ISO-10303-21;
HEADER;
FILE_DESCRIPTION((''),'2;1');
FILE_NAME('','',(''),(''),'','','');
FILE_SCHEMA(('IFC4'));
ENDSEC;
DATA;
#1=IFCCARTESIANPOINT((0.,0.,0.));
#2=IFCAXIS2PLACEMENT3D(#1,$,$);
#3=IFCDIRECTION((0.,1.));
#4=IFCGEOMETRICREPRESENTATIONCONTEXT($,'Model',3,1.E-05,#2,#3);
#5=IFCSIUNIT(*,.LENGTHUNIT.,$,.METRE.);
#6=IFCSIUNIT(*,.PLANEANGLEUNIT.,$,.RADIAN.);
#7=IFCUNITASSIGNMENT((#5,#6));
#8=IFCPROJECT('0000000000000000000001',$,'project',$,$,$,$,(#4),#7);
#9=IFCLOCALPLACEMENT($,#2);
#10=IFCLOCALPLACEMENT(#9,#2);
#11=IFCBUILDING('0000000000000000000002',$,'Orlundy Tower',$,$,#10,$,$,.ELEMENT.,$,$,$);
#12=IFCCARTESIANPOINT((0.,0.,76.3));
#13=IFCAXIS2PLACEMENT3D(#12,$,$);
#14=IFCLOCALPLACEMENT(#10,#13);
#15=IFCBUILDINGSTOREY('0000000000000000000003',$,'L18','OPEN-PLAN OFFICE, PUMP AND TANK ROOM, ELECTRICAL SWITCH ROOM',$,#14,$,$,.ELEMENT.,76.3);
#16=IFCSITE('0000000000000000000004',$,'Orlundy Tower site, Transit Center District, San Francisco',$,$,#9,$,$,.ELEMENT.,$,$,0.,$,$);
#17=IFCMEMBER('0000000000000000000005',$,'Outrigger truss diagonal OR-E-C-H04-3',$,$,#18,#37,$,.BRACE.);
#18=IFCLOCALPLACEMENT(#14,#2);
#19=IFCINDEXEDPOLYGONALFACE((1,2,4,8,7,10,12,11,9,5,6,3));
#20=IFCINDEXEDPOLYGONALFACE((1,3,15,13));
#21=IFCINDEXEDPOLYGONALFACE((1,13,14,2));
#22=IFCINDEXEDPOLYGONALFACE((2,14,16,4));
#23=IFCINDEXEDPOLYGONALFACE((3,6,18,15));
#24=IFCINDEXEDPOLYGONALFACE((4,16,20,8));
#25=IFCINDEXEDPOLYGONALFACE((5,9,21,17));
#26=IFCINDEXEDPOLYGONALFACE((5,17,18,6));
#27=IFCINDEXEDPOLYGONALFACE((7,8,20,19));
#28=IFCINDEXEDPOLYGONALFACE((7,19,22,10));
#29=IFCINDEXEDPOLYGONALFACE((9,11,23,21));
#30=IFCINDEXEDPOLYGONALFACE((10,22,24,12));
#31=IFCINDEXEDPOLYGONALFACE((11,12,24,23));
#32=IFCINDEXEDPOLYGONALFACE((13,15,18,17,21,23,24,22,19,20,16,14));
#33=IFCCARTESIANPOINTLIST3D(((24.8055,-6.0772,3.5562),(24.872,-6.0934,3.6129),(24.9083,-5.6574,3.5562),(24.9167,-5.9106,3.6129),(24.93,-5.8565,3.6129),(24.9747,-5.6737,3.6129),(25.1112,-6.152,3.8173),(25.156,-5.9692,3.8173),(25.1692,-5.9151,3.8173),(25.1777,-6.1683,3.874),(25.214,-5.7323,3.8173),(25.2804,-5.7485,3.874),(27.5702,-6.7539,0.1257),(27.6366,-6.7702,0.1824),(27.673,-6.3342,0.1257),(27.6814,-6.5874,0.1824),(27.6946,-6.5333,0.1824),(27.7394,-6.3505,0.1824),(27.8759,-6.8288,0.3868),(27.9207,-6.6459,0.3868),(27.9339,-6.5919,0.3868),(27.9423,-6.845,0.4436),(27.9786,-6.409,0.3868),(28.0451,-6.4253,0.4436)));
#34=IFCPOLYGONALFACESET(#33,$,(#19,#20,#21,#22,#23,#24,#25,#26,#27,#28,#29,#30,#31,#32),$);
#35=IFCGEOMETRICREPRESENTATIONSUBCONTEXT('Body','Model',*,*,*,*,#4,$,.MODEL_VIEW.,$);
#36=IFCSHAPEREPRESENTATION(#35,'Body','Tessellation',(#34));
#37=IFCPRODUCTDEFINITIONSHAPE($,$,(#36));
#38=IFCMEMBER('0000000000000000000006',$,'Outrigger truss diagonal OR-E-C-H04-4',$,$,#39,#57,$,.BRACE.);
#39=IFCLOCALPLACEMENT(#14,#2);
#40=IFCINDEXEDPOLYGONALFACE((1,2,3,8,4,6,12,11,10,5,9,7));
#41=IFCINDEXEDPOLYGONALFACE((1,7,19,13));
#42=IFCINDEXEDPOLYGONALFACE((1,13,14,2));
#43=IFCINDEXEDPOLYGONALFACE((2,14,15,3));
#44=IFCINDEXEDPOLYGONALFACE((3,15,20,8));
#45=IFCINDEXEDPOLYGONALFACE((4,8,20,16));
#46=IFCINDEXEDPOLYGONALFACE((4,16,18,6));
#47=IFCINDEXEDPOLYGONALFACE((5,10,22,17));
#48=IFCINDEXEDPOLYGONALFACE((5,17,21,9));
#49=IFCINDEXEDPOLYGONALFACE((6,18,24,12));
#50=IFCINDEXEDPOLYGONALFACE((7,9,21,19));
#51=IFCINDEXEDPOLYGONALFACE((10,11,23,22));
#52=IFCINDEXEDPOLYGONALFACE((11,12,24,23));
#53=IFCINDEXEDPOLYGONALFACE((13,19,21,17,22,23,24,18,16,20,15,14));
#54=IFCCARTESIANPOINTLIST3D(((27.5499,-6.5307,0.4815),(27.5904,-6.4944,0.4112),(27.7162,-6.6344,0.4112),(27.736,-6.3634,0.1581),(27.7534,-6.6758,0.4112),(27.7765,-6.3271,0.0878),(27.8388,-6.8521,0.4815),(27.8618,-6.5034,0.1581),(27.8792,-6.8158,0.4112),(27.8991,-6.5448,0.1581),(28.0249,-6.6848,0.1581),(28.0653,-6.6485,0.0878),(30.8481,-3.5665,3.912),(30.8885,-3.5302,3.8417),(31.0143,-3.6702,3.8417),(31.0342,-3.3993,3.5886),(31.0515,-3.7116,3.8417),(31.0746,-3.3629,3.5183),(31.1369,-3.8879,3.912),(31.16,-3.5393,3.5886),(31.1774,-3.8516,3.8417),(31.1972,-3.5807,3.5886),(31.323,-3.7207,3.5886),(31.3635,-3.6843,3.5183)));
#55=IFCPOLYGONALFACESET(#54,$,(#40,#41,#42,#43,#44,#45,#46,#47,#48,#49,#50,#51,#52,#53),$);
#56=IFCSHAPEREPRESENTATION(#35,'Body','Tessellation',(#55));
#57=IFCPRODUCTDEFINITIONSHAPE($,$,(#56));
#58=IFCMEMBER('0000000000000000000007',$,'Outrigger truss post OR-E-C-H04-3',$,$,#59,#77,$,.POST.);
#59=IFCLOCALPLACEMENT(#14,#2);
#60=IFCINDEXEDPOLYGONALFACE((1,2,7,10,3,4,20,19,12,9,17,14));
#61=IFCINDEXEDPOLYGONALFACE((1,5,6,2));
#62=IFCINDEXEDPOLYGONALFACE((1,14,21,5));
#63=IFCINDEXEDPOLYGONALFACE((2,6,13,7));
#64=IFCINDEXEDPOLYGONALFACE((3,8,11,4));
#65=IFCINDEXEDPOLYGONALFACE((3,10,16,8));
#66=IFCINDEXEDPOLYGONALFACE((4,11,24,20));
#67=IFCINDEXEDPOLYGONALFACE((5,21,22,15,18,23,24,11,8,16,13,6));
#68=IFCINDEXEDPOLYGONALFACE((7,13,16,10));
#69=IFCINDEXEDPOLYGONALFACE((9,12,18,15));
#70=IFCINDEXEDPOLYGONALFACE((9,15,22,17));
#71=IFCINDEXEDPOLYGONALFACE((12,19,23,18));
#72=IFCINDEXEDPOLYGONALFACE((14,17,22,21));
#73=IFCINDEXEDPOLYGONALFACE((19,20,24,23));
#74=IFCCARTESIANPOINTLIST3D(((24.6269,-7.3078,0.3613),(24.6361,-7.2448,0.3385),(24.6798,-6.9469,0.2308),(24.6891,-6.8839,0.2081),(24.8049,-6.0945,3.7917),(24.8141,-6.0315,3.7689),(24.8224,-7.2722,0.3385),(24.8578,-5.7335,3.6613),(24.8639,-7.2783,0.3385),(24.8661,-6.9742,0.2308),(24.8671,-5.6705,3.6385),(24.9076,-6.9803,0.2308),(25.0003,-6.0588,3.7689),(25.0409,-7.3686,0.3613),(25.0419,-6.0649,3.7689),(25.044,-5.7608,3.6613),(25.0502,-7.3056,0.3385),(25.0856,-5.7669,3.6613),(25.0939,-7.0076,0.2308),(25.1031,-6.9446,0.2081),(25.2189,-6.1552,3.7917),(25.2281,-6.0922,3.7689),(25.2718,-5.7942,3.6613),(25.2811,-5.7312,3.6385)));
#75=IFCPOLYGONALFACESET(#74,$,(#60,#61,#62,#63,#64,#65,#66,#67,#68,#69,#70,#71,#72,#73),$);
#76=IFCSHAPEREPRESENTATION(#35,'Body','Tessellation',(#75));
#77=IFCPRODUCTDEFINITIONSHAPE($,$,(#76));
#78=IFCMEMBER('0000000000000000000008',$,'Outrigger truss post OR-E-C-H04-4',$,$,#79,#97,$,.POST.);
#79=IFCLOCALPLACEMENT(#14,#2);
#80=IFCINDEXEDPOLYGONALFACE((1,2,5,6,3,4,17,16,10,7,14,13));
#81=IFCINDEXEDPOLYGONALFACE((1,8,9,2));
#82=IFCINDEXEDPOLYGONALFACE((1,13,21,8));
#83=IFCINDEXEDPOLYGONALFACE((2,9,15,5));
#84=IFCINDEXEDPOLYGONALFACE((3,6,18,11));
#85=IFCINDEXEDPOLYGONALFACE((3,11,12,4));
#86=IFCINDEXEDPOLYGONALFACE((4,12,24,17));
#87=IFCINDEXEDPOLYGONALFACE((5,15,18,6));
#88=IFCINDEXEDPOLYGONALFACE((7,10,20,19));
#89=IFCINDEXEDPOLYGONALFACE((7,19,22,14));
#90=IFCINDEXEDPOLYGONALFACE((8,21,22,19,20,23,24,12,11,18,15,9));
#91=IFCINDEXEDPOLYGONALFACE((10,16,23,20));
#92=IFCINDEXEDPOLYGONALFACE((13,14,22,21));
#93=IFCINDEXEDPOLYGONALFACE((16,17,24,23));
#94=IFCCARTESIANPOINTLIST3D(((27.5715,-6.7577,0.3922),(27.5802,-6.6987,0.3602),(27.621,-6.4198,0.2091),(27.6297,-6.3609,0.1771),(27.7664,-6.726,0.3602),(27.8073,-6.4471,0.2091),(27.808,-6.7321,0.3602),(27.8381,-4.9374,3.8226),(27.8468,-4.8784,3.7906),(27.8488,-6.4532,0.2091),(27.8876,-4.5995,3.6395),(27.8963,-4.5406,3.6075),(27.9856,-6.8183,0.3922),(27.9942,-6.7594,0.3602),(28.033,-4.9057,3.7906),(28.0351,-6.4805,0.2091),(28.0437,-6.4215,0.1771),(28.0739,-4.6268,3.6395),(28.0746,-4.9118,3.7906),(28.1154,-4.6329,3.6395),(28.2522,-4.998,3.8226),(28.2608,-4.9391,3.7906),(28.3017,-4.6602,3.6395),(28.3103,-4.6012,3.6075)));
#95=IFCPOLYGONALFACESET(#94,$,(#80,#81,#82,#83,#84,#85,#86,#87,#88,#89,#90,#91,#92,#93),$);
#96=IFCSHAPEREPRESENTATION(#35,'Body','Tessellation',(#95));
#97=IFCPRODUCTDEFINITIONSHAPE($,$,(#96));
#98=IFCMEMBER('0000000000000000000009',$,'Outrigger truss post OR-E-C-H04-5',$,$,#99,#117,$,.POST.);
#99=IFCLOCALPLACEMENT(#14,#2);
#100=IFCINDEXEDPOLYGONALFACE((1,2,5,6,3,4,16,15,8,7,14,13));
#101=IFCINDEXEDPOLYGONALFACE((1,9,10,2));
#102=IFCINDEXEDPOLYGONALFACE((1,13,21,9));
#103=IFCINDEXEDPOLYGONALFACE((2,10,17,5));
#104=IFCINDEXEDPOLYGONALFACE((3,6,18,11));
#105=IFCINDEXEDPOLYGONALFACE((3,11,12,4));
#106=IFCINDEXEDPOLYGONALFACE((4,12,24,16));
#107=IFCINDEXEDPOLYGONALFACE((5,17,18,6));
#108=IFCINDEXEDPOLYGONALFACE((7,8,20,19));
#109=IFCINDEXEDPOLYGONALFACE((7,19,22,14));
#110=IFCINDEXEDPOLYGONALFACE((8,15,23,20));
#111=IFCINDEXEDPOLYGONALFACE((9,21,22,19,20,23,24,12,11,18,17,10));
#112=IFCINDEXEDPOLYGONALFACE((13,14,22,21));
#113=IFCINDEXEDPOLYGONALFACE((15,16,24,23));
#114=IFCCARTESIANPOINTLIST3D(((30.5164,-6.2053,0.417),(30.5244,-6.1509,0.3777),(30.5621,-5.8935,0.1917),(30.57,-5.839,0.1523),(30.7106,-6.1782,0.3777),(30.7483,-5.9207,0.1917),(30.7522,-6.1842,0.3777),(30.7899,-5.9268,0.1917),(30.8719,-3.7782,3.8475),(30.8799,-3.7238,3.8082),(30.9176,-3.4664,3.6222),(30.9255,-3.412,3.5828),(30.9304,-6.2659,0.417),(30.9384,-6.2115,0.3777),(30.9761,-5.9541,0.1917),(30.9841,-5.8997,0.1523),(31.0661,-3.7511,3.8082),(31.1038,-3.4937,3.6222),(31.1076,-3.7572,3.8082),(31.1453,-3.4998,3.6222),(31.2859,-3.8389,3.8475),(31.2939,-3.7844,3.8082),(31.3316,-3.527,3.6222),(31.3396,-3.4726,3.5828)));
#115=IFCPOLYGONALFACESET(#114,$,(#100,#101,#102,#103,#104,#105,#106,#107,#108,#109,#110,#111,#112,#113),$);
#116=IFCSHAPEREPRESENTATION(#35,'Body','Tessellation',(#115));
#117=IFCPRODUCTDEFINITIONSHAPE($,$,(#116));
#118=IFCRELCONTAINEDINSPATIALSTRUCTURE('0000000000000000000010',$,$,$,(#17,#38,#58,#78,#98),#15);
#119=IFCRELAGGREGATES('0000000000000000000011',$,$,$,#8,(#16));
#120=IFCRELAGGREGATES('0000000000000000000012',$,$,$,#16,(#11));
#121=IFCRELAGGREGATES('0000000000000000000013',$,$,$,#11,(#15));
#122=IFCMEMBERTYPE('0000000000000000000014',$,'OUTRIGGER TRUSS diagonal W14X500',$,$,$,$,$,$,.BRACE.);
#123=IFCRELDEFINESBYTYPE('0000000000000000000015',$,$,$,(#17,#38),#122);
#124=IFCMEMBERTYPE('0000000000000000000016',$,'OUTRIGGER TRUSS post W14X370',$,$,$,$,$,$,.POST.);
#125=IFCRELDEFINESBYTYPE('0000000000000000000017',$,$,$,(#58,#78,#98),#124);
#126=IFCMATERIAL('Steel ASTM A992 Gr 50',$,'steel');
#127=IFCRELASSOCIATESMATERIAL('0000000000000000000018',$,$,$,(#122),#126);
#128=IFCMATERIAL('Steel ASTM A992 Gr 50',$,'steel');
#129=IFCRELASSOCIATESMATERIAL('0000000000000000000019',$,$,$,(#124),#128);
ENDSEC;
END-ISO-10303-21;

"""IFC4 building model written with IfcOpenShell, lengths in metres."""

from ifc_helpers import new_model, si_unit, direction, frame, origin, origin_2d, place, context, subcontext, project, spatial, i_section, extrude, material, material_profile, profile_set, type_object, element, save


model = new_model("IFC4")

# Units and contexts
model_context = context("Model", 3, precision=1e-05, world=origin(), true_north=direction((0.0, 1.0)))
body_context = subcontext(model_context, "Body", "Model", "MODEL_VIEW")
ifc_project = project(units=[si_unit("LENGTHUNIT", "METRE"), si_unit("PLANEANGLEUNIT", "RADIAN")], contexts=[model_context])

# Site, building, storey
site_placement = place(None, origin())
site = spatial("IfcSite", under=ifc_project, at=site_placement, Name="Orlundy Tower site, Transit Center District, San Francisco", CompositionType="ELEMENT", RefElevation=0.0)
building_placement = place(site_placement, origin())
building = spatial("IfcBuilding", under=site, at=building_placement, Name="Orlundy Tower", CompositionType="ELEMENT")
storey_placement = place(building_placement, frame((0.0, 0.0, 76.3)))
storey = spatial("IfcBuildingStorey", under=building, at=storey_placement, Name="L18", Description="OPEN-PLAN OFFICE, PUMP AND TANK ROOM, ELECTRICAL SWITCH ROOM", CompositionType="ELEMENT", Elevation=76.3)

# Members
ifc_material_1 = material(Name="Steel ASTM A992 Gr 50", Category="steel")
ifc_material_profile_1 = material_profile(ifc_material_1, i_section(OverallWidth=0.4321, OverallDepth=0.4978, WebThickness=0.0557, FlangeThickness=0.0889, at=origin_2d()), Name="W14X500")
ifc_profile_set_1 = profile_set([ifc_material_profile_1], Name="Steel ASTM A992 Gr 50")
member_type_1 = type_object("IfcMemberType", Name="OUTRIGGER TRUSS diagonal W14X500", PredefinedType="BRACE", material=ifc_profile_set_1)
member_1_placement = place(storey_placement, frame((25.043, -5.9128, 3.7151), z_axis=(0.620228, -0.151825, -0.769589), x_axis=(0.23777, 0.971322, 0.0)))
element("IfcMember", 1, at=member_1_placement, inside=storey, type_object=member_type_1, Name="Outrigger truss diagonal OR-E-C-H04-3", PredefinedType="BRACE", context=body_context, shape_type="SweptSolid", body=[
    extrude(i_section(OverallWidth=0.4321, OverallDepth=0.4978, WebThickness=0.0557, FlangeThickness=0.0889, at=origin_2d()), origin(), (0.0, 0.0, 1.0), 4.4575),
])
member_2_placement = place(storey_placement, frame((27.8076, -6.5896, 0.2847), z_axis=(0.588278, 0.528706, 0.611881), x_axis=(-0.668444, 0.743762, 0.0)))
element("IfcMember", 2, at=member_2_placement, inside=storey, type_object=member_type_1, Name="Outrigger truss diagonal OR-E-C-H04-4", PredefinedType="BRACE", context=body_context, shape_type="SweptSolid", body=[
    extrude(i_section(OverallWidth=0.4321, OverallDepth=0.4978, WebThickness=0.0557, FlangeThickness=0.0889, at=origin_2d()), origin(), (0.0, 0.0, 1.0), 5.6064),
])
ifc_material_2 = material(Name="Steel ASTM A992 Gr 50", Category="steel")
ifc_material_profile_2 = material_profile(ifc_material_2, i_section(OverallWidth=0.4185, OverallDepth=0.4551, WebThickness=0.042, FlangeThickness=0.0676, at=origin_2d()), Name="W14X370")
ifc_profile_set_2 = profile_set([ifc_material_profile_2], Name="Steel ASTM A992 Gr 50")
member_type_2 = type_object("IfcMemberType", Name="OUTRIGGER TRUSS post W14X370", PredefinedType="POST", material=ifc_profile_set_2)
member_3_placement = place(storey_placement, frame((24.865, -7.1262, 0.2847), z_axis=(0.048854, 0.333068, 0.941636), x_axis=(-0.989413, 0.145127, 0.0)))
element("IfcMember", 3, at=member_3_placement, inside=storey, type_object=member_type_2, Name="Outrigger truss post OR-E-C-H04-3", PredefinedType="POST", context=body_context, shape_type="SweptSolid", body=[
    extrude(i_section(OverallWidth=0.4185, OverallDepth=0.4551, WebThickness=0.042, FlangeThickness=0.0676, at=origin_2d()), origin(), (0.0, 0.0, 1.0), 3.6431),
])
member_4_placement = place(storey_placement, frame((27.8076, -6.5896, 0.2847), z_axis=(0.068489, 0.467633, 0.881265), x_axis=(-0.989444, 0.144913, 0.0)))
element("IfcMember", 4, at=member_4_placement, inside=storey, type_object=member_type_2, Name="Outrigger truss post OR-E-C-H04-4", PredefinedType="POST", context=body_context, shape_type="SweptSolid", body=[
    extrude(i_section(OverallWidth=0.4185, OverallDepth=0.4551, WebThickness=0.042, FlangeThickness=0.0676, at=origin_2d()), origin(), (0.0, 0.0, 1.0), 3.8926),
])
member_5_placement = place(storey_placement, frame((30.7502, -6.0525, 0.2847), z_axis=(0.084291, 0.575506, 0.813442), x_axis=(-0.989444, 0.144918, 0.0)))
element("IfcMember", 5, at=member_5_placement, inside=storey, type_object=member_type_2, Name="Outrigger truss post OR-E-C-H04-5", PredefinedType="POST", context=body_context, shape_type="SweptSolid", body=[
    extrude(i_section(OverallWidth=0.4185, OverallDepth=0.4551, WebThickness=0.042, FlangeThickness=0.0676, at=origin_2d()), origin(), (0.0, 0.0, 1.0), 4.2173),
])

save(model, "model.ifc")
